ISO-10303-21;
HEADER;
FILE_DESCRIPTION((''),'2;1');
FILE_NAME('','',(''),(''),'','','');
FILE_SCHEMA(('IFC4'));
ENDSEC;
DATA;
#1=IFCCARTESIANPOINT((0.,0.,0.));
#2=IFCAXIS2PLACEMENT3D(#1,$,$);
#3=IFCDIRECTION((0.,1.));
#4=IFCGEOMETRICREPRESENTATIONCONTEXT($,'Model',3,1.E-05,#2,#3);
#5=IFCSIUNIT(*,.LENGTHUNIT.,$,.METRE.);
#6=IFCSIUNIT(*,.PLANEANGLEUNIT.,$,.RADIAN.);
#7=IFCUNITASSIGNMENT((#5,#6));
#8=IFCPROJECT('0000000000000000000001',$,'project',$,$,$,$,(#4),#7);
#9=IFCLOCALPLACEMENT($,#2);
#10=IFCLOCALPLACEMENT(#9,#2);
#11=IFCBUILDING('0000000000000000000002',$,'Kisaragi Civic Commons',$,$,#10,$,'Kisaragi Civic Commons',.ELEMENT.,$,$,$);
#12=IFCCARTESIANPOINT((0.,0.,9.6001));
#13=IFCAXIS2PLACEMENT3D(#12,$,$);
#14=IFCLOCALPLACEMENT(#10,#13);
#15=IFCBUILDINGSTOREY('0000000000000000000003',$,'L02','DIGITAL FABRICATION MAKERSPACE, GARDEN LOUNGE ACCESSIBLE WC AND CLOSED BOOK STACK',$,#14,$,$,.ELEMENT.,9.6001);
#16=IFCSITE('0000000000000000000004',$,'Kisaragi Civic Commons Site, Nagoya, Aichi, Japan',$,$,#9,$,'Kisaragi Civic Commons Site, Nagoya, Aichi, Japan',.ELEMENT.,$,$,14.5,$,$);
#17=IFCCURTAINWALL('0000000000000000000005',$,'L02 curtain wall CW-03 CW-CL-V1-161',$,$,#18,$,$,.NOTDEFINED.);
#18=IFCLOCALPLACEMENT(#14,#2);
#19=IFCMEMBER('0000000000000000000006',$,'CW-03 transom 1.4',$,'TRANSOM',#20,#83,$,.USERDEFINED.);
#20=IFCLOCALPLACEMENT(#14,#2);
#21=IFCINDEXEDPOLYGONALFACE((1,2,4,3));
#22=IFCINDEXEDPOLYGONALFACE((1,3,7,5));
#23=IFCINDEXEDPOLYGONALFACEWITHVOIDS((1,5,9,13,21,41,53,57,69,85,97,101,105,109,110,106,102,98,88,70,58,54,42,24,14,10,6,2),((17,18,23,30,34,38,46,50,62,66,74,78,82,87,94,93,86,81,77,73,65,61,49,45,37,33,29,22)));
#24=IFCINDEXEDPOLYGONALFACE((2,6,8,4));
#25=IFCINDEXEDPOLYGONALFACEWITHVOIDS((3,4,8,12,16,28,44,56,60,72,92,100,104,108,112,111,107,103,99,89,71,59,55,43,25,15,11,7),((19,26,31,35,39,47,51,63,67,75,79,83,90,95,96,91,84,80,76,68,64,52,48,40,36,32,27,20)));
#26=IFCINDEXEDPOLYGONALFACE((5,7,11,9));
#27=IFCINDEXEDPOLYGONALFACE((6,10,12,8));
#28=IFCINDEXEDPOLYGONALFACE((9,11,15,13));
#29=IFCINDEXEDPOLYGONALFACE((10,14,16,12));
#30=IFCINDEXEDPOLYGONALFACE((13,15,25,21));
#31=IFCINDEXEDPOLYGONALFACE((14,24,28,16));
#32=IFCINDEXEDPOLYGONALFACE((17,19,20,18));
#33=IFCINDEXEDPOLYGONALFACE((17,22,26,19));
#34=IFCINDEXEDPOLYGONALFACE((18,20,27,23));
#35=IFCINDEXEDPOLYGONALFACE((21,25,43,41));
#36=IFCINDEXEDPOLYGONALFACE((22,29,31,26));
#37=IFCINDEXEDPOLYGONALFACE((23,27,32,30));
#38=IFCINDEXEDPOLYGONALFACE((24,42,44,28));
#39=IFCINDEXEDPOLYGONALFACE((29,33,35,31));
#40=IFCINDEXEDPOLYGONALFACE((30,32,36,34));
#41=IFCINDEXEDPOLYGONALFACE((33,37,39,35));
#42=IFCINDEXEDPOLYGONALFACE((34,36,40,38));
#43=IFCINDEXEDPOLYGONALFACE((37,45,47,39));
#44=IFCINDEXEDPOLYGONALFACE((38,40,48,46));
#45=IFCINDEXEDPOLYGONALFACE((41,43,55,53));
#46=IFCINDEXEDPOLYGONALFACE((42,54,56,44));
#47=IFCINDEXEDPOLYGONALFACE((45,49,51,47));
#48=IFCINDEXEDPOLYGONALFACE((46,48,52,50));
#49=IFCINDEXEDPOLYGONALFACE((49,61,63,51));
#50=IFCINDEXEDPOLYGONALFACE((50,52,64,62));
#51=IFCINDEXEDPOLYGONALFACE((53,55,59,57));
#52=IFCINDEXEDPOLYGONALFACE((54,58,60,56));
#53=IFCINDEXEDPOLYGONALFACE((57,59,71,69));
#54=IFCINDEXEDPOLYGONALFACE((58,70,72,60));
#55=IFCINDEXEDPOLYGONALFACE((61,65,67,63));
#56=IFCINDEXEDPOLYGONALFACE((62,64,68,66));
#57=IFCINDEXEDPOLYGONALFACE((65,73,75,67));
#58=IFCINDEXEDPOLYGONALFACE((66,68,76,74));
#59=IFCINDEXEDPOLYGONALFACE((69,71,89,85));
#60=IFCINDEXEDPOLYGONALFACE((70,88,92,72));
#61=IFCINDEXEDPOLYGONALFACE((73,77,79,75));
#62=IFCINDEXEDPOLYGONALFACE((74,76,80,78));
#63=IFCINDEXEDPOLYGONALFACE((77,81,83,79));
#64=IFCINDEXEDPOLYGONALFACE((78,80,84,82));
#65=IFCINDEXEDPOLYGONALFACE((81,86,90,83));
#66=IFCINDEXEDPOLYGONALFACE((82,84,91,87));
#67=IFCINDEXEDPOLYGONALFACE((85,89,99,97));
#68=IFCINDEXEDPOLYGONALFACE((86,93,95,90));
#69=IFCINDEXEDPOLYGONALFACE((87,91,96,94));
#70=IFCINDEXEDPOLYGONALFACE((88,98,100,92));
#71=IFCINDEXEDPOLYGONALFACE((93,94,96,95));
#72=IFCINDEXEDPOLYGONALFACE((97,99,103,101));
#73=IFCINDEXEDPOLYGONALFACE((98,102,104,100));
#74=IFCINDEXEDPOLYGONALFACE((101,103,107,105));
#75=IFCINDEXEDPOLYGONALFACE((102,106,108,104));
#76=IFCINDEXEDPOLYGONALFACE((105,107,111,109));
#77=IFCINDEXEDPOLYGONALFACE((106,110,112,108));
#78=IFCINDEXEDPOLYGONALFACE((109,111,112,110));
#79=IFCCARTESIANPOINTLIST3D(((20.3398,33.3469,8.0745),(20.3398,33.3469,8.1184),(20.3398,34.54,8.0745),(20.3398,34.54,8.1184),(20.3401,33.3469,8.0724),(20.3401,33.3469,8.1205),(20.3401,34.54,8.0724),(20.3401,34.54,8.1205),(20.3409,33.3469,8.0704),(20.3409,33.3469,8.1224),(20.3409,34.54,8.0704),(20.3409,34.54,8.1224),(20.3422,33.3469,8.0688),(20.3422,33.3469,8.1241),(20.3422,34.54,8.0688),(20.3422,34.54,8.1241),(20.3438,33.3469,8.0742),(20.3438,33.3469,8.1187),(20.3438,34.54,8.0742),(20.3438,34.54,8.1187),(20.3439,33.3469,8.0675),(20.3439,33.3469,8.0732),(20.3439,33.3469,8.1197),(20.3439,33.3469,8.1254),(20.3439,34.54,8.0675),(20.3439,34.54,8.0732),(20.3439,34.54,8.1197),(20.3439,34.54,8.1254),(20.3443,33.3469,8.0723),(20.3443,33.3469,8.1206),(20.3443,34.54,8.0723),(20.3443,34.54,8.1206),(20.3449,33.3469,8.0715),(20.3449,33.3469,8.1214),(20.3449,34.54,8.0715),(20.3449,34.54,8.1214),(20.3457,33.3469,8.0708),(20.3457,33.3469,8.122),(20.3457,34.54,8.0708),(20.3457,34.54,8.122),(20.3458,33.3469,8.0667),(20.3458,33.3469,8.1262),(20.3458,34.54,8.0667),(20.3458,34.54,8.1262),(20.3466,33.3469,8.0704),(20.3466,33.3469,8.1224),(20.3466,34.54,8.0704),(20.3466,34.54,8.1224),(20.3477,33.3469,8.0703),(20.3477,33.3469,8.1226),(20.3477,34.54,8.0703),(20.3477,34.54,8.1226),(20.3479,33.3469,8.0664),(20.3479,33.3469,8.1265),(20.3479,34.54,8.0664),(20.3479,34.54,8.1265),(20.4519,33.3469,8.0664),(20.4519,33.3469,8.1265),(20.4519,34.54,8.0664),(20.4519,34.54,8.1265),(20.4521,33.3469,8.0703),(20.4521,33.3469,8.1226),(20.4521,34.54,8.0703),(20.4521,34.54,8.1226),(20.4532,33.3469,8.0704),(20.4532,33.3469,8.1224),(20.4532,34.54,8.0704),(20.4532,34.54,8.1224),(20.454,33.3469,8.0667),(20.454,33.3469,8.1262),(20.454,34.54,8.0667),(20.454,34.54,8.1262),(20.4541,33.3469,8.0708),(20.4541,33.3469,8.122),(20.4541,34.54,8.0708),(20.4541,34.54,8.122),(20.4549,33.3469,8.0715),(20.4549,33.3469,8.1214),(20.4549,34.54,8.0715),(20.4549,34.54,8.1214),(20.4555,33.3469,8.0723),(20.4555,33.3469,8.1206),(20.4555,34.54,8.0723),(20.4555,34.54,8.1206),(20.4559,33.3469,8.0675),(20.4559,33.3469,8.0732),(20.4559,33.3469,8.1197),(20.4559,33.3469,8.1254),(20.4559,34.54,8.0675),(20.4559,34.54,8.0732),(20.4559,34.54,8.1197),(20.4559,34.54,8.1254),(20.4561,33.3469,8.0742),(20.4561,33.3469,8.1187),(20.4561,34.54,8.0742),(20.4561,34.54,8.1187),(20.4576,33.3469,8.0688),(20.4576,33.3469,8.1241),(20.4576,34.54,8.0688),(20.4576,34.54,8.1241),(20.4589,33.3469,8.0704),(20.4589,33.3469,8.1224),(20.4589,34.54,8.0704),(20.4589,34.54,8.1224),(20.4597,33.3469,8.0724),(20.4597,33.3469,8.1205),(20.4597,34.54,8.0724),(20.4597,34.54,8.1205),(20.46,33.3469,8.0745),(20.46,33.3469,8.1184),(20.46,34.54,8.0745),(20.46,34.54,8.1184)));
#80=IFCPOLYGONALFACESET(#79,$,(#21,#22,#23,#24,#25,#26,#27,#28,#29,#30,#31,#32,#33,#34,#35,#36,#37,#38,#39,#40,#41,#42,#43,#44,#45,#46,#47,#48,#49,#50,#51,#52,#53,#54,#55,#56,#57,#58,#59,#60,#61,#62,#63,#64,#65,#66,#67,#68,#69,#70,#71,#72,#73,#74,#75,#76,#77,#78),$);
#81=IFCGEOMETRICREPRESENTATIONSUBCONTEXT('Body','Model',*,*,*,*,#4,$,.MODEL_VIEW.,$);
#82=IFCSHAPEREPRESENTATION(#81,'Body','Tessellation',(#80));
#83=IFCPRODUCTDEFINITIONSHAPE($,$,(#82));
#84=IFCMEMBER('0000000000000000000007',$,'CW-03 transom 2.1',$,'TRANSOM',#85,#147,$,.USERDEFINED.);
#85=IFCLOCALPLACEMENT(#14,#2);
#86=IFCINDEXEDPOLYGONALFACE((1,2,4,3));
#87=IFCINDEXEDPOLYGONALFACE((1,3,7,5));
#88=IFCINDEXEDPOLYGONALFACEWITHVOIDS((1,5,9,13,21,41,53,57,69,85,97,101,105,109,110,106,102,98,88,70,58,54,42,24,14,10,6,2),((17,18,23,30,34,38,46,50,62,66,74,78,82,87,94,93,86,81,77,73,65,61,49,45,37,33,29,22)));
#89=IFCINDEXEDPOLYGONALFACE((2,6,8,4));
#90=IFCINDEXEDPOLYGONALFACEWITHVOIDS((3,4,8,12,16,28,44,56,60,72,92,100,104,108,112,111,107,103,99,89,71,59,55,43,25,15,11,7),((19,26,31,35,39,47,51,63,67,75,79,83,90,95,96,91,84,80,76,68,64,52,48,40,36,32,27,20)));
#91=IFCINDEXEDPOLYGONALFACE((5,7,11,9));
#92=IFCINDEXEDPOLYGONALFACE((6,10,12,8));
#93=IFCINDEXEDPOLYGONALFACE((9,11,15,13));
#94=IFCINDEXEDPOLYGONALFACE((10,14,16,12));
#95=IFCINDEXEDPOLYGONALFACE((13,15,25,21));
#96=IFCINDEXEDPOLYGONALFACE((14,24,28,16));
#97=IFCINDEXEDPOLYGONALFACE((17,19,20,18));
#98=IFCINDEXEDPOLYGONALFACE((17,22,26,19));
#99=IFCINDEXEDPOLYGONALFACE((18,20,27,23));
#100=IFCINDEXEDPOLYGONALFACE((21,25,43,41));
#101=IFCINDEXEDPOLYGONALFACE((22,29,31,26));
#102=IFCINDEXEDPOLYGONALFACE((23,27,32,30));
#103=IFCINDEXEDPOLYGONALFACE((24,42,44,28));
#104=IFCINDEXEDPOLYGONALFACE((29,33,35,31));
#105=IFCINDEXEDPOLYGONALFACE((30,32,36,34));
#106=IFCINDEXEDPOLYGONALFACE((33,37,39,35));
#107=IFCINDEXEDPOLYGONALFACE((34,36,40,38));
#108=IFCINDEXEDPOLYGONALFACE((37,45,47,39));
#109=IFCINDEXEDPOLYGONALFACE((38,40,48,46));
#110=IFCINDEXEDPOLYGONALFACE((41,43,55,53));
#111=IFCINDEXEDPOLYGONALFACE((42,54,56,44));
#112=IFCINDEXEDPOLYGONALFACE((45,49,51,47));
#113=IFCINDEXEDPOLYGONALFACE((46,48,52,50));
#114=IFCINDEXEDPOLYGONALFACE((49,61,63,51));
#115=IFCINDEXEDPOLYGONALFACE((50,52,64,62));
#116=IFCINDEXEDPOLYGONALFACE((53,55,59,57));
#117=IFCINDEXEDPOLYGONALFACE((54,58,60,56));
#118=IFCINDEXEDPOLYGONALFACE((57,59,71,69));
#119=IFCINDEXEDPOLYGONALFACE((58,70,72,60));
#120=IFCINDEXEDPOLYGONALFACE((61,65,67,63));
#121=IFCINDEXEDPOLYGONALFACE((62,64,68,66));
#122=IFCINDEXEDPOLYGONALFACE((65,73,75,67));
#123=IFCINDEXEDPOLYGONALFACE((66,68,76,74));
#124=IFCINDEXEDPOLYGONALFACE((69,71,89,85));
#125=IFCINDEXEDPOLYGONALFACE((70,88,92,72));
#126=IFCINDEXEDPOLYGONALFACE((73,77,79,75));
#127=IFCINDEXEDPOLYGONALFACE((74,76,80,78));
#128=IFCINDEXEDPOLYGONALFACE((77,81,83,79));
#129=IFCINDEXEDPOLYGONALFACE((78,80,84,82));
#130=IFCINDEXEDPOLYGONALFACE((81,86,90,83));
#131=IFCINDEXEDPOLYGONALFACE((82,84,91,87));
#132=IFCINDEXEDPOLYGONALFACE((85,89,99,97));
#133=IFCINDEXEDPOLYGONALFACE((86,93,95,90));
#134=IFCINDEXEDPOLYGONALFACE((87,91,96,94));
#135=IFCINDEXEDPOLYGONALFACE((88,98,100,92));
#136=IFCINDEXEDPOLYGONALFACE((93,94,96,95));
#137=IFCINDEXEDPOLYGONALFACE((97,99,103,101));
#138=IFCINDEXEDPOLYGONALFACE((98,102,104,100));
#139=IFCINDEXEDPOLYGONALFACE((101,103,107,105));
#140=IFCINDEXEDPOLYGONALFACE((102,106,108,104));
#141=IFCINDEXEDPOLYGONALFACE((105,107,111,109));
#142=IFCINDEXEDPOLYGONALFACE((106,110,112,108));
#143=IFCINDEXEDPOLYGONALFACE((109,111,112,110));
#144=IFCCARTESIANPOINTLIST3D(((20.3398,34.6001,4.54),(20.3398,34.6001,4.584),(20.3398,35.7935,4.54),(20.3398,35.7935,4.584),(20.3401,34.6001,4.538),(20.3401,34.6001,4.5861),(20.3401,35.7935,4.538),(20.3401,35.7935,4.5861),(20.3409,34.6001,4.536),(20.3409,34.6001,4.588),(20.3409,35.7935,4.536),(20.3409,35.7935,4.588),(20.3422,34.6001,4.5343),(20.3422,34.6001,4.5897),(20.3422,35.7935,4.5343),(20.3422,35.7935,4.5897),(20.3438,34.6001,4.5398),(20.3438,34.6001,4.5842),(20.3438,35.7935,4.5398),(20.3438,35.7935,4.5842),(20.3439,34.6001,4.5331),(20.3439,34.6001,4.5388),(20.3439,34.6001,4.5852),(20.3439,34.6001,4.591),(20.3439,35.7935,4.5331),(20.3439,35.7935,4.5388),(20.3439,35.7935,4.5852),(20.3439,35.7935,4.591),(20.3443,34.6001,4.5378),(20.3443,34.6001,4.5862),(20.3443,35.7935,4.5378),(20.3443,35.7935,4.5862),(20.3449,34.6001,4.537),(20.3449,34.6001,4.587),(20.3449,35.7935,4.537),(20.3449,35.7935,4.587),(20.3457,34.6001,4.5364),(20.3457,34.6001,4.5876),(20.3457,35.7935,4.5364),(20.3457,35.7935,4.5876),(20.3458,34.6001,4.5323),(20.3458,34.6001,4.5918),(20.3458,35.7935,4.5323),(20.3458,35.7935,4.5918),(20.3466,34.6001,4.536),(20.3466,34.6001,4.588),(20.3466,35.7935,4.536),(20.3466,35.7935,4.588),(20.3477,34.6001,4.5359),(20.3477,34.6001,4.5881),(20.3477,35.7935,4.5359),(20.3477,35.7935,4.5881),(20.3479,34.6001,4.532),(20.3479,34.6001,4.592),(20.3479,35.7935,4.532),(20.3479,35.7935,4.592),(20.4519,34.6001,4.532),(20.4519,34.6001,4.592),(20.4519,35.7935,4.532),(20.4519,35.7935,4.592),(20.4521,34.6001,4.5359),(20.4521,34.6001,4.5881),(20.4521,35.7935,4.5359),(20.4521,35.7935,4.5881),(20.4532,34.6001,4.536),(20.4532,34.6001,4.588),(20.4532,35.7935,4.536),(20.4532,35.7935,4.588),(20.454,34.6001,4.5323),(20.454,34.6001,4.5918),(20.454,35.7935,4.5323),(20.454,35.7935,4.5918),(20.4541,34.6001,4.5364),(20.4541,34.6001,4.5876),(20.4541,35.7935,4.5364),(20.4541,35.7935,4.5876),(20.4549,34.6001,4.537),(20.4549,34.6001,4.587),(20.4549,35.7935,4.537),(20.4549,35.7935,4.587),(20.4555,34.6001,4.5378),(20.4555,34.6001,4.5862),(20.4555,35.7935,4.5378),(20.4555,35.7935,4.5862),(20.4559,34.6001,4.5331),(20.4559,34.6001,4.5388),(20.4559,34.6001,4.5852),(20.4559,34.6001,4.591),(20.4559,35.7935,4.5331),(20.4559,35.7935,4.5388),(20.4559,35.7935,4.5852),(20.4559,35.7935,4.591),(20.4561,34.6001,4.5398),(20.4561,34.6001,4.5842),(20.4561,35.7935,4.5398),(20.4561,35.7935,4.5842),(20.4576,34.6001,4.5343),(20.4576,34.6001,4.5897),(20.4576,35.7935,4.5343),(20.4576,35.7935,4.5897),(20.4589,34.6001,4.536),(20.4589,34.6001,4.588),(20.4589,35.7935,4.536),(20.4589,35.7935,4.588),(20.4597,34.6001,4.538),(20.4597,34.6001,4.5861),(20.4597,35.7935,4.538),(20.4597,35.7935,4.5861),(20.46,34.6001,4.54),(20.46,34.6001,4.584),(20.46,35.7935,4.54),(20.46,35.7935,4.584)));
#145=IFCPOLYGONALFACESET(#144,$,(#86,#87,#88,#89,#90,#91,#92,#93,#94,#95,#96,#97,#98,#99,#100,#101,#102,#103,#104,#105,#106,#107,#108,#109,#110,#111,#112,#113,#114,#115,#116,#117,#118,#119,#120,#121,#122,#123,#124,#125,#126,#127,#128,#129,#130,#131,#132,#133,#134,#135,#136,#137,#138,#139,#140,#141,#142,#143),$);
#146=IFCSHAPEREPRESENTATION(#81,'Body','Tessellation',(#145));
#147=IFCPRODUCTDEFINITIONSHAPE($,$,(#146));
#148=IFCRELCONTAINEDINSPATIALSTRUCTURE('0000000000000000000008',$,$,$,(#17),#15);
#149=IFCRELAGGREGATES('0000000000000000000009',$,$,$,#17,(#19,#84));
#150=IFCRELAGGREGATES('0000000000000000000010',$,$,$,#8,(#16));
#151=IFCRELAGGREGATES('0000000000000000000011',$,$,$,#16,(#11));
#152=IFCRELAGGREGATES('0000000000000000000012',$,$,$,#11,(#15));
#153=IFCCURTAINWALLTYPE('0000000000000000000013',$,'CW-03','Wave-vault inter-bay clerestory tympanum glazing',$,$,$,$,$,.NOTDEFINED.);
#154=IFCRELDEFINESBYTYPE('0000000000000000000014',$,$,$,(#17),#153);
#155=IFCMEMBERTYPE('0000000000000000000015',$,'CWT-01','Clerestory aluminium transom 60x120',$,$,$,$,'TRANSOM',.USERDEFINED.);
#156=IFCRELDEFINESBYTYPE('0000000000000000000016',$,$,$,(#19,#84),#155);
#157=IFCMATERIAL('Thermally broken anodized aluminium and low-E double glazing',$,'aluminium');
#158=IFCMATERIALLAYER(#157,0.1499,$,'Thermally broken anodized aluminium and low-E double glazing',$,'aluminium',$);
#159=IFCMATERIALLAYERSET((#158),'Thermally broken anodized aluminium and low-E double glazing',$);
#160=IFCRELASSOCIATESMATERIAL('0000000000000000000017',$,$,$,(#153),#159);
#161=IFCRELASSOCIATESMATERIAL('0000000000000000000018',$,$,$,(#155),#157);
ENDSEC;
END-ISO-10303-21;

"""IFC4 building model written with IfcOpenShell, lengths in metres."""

from ifc_helpers import new_model, si_unit, direction, frame, origin, origin_2d, place, context, subcontext, project, spatial, hollow_rectangle, extrude, material, layer, layer_set, material_profile, profile_set, type_object, element, aggregate, save


model = new_model("IFC4")

# Units and contexts
model_context = context("Model", 3, precision=1e-05, world=origin(), true_north=direction((0.0, 1.0)))
body_context = subcontext(model_context, "Body", "Model", "MODEL_VIEW")
ifc_project = project(units=[si_unit("LENGTHUNIT", "METRE"), si_unit("PLANEANGLEUNIT", "RADIAN")], contexts=[model_context])

# Site, building, storey
site_placement = place(None, origin())
site = spatial("IfcSite", under=ifc_project, at=site_placement, Name="Kisaragi Civic Commons Site, Nagoya, Aichi, Japan", LongName="Kisaragi Civic Commons Site, Nagoya, Aichi, Japan", CompositionType="ELEMENT", RefElevation=14.5)
building_placement = place(site_placement, origin())
building = spatial("IfcBuilding", under=site, at=building_placement, Name="Kisaragi Civic Commons", LongName="Kisaragi Civic Commons", CompositionType="ELEMENT")
storey_placement = place(building_placement, frame((0.0, 0.0, 9.6001)))
storey = spatial("IfcBuildingStorey", under=building, at=storey_placement, Name="L02", Description="DIGITAL FABRICATION MAKERSPACE, GARDEN LOUNGE ACCESSIBLE WC AND CLOSED BOOK STACK", CompositionType="ELEMENT", Elevation=9.6001)

# Curtain wall
ifc_material_1 = material(Name="Thermally broken anodized aluminium and low-E double glazing", Category="aluminium")
ifc_layer_1 = layer(ifc_material_1, 0.1499, Name="Thermally broken anodized aluminium and low-E double glazing", Category="aluminium")
ifc_layer_set_1 = layer_set([ifc_layer_1], Name="Thermally broken anodized aluminium and low-E double glazing")
curtain_wall_type = type_object("IfcCurtainWallType", Name="CW-03", Description="Wave-vault inter-bay clerestory tympanum glazing", PredefinedType="NOTDEFINED", material=ifc_layer_set_1)
curtain_wall_1_placement = place(storey_placement, origin())
curtain_wall_1 = element("IfcCurtainWall", 1, at=curtain_wall_1_placement, inside=storey, type_object=curtain_wall_type, Name="L02 curtain wall CW-03 CW-CL-V1-161", PredefinedType="NOTDEFINED")

# Members
ifc_material_profile_1 = material_profile(ifc_material_1, hollow_rectangle(XDim=0.1201, YDim=0.0601, WallThickness=0.0039, InnerFilletRadius=0.0039, OuterFilletRadius=0.0081, at=origin_2d()), Name="CWT-60x120x4", Category="aluminium")
ifc_profile_set_1 = profile_set([ifc_material_profile_1], Name="Thermally broken anodized aluminium and low-E double glazing")
member_type_1 = type_object("IfcMemberType", Name="CWT-01", Description="Clerestory aluminium transom 60x120", ElementType="TRANSOM", PredefinedType="USERDEFINED", material=ifc_profile_set_1)
member_1_placement = place(storey_placement, frame((20.3999, 33.3469, 8.0964), z_axis=(0.0, 1.0, 0.0), x_axis=(-1.0, 0.0, 0.0)))
member_1 = element("IfcMember", 2, at=member_1_placement, type_object=member_type_1, Name="CW-03 transom 1.4", ObjectType="TRANSOM", PredefinedType="USERDEFINED", context=body_context, shape_type="SweptSolid", body=[
    extrude(hollow_rectangle(XDim=0.1201, YDim=0.0601, WallThickness=0.0039, InnerFilletRadius=0.0039, OuterFilletRadius=0.0081, at=origin_2d()), origin(), (0.0, 0.0, 1.0), 1.1931),
])
member_2_placement = place(storey_placement, frame((20.3999, 34.6001, 4.562), z_axis=(0.0, 1.0, 0.0), x_axis=(-1.0, 0.0, 0.0)))
member_2 = element("IfcMember", 3, at=member_2_placement, type_object=member_type_1, Name="CW-03 transom 2.1", ObjectType="TRANSOM", PredefinedType="USERDEFINED", context=body_context, shape_type="SweptSolid", body=[
    extrude(hollow_rectangle(XDim=0.1201, YDim=0.0601, WallThickness=0.0039, InnerFilletRadius=0.0039, OuterFilletRadius=0.0081, at=origin_2d()), origin(), (0.0, 0.0, 1.0), 1.1934),
])

aggregate(curtain_wall_1, [member_1, member_2])

save(model, "model.ifc")
